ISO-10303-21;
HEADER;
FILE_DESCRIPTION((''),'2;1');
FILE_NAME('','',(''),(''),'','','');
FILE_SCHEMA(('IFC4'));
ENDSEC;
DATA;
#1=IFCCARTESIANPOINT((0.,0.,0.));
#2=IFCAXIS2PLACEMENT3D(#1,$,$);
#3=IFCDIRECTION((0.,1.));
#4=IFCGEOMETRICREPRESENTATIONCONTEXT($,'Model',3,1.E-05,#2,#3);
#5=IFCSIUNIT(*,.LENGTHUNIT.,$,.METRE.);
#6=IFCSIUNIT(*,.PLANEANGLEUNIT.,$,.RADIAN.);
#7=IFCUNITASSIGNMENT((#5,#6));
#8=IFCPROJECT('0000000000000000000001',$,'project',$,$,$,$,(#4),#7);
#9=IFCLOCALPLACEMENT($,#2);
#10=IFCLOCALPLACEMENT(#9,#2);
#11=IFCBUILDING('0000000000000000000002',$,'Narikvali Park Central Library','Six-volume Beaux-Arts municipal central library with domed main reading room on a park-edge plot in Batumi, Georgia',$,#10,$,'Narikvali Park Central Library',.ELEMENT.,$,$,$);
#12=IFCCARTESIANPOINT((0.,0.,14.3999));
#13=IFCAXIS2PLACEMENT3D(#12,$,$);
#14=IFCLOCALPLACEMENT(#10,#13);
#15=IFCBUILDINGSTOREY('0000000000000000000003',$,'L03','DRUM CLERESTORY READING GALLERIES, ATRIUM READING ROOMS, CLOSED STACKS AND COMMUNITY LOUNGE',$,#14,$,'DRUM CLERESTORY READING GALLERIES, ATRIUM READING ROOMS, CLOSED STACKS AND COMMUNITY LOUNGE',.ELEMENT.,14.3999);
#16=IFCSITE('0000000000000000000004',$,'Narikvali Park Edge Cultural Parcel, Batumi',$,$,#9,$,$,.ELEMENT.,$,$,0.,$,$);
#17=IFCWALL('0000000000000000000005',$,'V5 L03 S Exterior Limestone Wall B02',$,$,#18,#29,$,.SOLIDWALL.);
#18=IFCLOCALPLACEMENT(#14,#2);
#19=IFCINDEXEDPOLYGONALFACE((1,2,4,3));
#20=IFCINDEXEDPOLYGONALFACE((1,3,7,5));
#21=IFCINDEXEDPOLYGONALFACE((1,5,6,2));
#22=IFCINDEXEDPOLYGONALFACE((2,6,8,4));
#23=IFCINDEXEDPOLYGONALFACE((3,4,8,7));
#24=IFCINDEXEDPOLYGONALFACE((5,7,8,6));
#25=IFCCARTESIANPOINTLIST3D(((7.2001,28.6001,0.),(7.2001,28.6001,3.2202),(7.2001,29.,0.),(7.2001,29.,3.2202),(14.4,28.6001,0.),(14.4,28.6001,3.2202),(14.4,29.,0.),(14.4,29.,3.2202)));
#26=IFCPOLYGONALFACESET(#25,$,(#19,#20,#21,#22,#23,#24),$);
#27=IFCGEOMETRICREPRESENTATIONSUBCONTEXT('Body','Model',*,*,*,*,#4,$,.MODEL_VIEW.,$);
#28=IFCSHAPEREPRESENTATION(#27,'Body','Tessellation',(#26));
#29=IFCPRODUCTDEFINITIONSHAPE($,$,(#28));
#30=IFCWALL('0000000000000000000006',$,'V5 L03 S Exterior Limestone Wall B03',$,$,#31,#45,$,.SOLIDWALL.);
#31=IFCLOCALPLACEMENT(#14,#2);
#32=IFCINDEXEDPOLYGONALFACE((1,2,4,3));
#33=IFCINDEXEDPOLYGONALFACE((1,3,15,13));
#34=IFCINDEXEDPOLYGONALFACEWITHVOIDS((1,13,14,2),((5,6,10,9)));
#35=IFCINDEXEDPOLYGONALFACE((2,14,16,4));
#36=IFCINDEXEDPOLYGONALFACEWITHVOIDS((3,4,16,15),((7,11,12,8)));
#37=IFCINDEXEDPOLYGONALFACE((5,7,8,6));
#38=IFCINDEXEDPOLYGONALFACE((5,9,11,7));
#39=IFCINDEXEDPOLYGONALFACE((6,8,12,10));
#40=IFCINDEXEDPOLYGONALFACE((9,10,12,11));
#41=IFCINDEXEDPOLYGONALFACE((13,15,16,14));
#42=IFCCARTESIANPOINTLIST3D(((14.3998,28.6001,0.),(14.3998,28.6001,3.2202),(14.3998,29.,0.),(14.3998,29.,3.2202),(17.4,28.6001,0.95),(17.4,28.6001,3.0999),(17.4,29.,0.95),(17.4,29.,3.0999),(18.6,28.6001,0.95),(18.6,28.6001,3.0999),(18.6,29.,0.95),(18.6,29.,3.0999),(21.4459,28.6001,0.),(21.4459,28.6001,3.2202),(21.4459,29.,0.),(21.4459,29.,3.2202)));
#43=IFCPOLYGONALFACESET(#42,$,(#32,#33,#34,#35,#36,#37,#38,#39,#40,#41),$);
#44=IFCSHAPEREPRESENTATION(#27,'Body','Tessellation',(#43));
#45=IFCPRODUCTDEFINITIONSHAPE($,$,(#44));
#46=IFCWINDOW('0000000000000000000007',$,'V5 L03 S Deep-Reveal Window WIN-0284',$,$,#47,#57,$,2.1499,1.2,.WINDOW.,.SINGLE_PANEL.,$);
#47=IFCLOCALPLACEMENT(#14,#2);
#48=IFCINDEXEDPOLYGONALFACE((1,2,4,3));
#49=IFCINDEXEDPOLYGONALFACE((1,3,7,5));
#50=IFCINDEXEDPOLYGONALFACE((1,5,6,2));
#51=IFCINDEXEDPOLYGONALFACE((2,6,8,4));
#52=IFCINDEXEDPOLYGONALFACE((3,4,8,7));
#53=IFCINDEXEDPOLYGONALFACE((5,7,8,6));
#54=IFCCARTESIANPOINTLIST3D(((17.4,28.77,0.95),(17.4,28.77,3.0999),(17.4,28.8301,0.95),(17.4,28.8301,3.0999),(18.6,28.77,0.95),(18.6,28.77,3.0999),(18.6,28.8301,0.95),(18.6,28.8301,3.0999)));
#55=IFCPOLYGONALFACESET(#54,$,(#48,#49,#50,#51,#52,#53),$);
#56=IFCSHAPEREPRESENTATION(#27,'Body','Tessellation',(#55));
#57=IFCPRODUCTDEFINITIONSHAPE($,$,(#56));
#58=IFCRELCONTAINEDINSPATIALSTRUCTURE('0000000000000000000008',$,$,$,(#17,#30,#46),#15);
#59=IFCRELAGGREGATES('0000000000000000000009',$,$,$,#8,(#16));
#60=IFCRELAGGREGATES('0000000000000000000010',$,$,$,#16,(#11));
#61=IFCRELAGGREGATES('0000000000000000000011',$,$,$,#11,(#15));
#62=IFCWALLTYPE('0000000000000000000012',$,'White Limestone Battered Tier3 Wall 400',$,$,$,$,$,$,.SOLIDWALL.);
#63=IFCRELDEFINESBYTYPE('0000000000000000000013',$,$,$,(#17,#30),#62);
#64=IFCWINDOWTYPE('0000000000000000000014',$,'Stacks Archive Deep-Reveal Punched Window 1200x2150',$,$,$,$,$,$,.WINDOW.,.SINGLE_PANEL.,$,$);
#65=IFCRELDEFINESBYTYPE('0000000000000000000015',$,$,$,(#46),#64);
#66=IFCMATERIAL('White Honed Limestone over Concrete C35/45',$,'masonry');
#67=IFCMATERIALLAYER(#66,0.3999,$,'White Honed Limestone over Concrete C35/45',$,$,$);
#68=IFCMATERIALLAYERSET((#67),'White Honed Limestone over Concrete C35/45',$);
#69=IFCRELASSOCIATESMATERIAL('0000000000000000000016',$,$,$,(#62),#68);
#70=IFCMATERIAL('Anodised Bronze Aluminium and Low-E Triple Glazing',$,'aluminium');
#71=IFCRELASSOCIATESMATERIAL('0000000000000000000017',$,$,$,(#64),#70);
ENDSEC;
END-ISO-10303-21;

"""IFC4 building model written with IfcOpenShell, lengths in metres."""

from ifc_helpers import new_model, si_unit, direction, frame, frame_2d, origin, place, context, subcontext, project, spatial, rectangle, extrude, material, layer, layer_set, type_object, element, fill, save


model = new_model("IFC4")

# Units and contexts
model_context = context("Model", 3, precision=1e-05, world=origin(), true_north=direction((0.0, 1.0)))
body_context = subcontext(model_context, "Body", "Model", "MODEL_VIEW")
ifc_project = project(units=[si_unit("LENGTHUNIT", "METRE"), si_unit("PLANEANGLEUNIT", "RADIAN")], contexts=[model_context])

# Site, building, storey
site_placement = place(None, origin())
site = spatial("IfcSite", under=ifc_project, at=site_placement, Name="Narikvali Park Edge Cultural Parcel, Batumi", CompositionType="ELEMENT", RefElevation=0.0)
building_placement = place(site_placement, origin())
building = spatial("IfcBuilding", under=site, at=building_placement, Name="Narikvali Park Central Library", Description="Six-volume Beaux-Arts municipal central library with domed main reading room on a park-edge plot in Batumi, Georgia", LongName="Narikvali Park Central Library", CompositionType="ELEMENT")
storey_placement = place(building_placement, frame((0.0, 0.0, 14.3999)))
storey = spatial("IfcBuildingStorey", under=building, at=storey_placement, Name="L03", Description="DRUM CLERESTORY READING GALLERIES, ATRIUM READING ROOMS, CLOSED STACKS AND COMMUNITY LOUNGE", LongName="DRUM CLERESTORY READING GALLERIES, ATRIUM READING ROOMS, CLOSED STACKS AND COMMUNITY LOUNGE", CompositionType="ELEMENT", Elevation=14.3999)

# Wall
ifc_material_1 = material(Name="White Honed Limestone over Concrete C35/45", Category="masonry")
ifc_layer_1 = layer(ifc_material_1, 0.3999, Name="White Honed Limestone over Concrete C35/45")
ifc_layer_set_1 = layer_set([ifc_layer_1], Name="White Honed Limestone over Concrete C35/45")
wall_type_1 = type_object("IfcWallType", Name="White Limestone Battered Tier3 Wall 400", PredefinedType="SOLIDWALL", material=ifc_layer_set_1)
wall_1_placement = place(storey_placement, frame((7.2, 28.8, 0.0), z_axis=(0.0, 0.0, 1.0), x_axis=(1.0, 0.0, 0.0)))
element("IfcWall", 1, at=wall_1_placement, inside=storey, type_object=wall_type_1, Name="V5 L03 S Exterior Limestone Wall B02", PredefinedType="SOLIDWALL", context=body_context, shape_type="SweptSolid", body=[
    extrude(rectangle(XDim=7.2, YDim=0.3999, at=frame_2d((3.6001, 0.0))), origin(), (0.0, 0.0, 1.0), 3.2202),
])

# Wall, opening, window
wall_2_placement = place(storey_placement, frame((14.3999, 28.8, 0.0), z_axis=(0.0, 0.0, 1.0), x_axis=(1.0, 0.0, 0.0)))
wall_2 = element("IfcWall", 2, at=wall_2_placement, inside=storey, type_object=wall_type_1, Name="V5 L03 S Exterior Limestone Wall B03", PredefinedType="SOLIDWALL", context=body_context, shape_type="SweptSolid", body=[
    extrude(rectangle(XDim=7.0461, YDim=0.3999, at=frame_2d((3.5229, 0.0))), origin(), (0.0, 0.0, 1.0), 3.2202),
])
opening_1_placement = place(wall_2_placement, frame((3.0, 0.0, 0.95)))
opening_1 = element("IfcOpeningElement", 3, at=opening_1_placement, cuts=wall_2, PredefinedType="OPENING", context=body_context, shape_type="SweptSolid", body=[
    extrude(rectangle(XDim=1.2, YDim=2.1499, at=frame_2d((0.6001, 1.075))), frame((0.0, 0.2119, 0.0), z_axis=(0.0, -1.0, 0.0), x_axis=(1.0, 0.0, 0.0)), (0.0, 0.0, 1.0), 0.4238),
])
ifc_material_2 = material(Name="Anodised Bronze Aluminium and Low-E Triple Glazing", Category="aluminium")
window_type = type_object("IfcWindowType", Name="Stacks Archive Deep-Reveal Punched Window 1200x2150", PartitioningType="SINGLE_PANEL", PredefinedType="WINDOW", material=ifc_material_2)
window_placement = place(opening_1_placement, origin())
window = element("IfcWindow", 4, at=window_placement, inside=storey, type_object=window_type, Name="V5 L03 S Deep-Reveal Window WIN-0284", OverallHeight=2.1499, OverallWidth=1.2, PartitioningType="SINGLE_PANEL", PredefinedType="WINDOW", context=body_context, shape_type="SweptSolid", body=[
    extrude(rectangle(XDim=1.2, YDim=2.1499, at=frame_2d((0.6001, 1.075))), frame((0.0, 0.03, 0.0), z_axis=(0.0, -1.0, 0.0), x_axis=(1.0, 0.0, 0.0)), (0.0, 0.0, 1.0), 0.0601),
])
fill(opening_1, window)

save(model, "model.ifc")
